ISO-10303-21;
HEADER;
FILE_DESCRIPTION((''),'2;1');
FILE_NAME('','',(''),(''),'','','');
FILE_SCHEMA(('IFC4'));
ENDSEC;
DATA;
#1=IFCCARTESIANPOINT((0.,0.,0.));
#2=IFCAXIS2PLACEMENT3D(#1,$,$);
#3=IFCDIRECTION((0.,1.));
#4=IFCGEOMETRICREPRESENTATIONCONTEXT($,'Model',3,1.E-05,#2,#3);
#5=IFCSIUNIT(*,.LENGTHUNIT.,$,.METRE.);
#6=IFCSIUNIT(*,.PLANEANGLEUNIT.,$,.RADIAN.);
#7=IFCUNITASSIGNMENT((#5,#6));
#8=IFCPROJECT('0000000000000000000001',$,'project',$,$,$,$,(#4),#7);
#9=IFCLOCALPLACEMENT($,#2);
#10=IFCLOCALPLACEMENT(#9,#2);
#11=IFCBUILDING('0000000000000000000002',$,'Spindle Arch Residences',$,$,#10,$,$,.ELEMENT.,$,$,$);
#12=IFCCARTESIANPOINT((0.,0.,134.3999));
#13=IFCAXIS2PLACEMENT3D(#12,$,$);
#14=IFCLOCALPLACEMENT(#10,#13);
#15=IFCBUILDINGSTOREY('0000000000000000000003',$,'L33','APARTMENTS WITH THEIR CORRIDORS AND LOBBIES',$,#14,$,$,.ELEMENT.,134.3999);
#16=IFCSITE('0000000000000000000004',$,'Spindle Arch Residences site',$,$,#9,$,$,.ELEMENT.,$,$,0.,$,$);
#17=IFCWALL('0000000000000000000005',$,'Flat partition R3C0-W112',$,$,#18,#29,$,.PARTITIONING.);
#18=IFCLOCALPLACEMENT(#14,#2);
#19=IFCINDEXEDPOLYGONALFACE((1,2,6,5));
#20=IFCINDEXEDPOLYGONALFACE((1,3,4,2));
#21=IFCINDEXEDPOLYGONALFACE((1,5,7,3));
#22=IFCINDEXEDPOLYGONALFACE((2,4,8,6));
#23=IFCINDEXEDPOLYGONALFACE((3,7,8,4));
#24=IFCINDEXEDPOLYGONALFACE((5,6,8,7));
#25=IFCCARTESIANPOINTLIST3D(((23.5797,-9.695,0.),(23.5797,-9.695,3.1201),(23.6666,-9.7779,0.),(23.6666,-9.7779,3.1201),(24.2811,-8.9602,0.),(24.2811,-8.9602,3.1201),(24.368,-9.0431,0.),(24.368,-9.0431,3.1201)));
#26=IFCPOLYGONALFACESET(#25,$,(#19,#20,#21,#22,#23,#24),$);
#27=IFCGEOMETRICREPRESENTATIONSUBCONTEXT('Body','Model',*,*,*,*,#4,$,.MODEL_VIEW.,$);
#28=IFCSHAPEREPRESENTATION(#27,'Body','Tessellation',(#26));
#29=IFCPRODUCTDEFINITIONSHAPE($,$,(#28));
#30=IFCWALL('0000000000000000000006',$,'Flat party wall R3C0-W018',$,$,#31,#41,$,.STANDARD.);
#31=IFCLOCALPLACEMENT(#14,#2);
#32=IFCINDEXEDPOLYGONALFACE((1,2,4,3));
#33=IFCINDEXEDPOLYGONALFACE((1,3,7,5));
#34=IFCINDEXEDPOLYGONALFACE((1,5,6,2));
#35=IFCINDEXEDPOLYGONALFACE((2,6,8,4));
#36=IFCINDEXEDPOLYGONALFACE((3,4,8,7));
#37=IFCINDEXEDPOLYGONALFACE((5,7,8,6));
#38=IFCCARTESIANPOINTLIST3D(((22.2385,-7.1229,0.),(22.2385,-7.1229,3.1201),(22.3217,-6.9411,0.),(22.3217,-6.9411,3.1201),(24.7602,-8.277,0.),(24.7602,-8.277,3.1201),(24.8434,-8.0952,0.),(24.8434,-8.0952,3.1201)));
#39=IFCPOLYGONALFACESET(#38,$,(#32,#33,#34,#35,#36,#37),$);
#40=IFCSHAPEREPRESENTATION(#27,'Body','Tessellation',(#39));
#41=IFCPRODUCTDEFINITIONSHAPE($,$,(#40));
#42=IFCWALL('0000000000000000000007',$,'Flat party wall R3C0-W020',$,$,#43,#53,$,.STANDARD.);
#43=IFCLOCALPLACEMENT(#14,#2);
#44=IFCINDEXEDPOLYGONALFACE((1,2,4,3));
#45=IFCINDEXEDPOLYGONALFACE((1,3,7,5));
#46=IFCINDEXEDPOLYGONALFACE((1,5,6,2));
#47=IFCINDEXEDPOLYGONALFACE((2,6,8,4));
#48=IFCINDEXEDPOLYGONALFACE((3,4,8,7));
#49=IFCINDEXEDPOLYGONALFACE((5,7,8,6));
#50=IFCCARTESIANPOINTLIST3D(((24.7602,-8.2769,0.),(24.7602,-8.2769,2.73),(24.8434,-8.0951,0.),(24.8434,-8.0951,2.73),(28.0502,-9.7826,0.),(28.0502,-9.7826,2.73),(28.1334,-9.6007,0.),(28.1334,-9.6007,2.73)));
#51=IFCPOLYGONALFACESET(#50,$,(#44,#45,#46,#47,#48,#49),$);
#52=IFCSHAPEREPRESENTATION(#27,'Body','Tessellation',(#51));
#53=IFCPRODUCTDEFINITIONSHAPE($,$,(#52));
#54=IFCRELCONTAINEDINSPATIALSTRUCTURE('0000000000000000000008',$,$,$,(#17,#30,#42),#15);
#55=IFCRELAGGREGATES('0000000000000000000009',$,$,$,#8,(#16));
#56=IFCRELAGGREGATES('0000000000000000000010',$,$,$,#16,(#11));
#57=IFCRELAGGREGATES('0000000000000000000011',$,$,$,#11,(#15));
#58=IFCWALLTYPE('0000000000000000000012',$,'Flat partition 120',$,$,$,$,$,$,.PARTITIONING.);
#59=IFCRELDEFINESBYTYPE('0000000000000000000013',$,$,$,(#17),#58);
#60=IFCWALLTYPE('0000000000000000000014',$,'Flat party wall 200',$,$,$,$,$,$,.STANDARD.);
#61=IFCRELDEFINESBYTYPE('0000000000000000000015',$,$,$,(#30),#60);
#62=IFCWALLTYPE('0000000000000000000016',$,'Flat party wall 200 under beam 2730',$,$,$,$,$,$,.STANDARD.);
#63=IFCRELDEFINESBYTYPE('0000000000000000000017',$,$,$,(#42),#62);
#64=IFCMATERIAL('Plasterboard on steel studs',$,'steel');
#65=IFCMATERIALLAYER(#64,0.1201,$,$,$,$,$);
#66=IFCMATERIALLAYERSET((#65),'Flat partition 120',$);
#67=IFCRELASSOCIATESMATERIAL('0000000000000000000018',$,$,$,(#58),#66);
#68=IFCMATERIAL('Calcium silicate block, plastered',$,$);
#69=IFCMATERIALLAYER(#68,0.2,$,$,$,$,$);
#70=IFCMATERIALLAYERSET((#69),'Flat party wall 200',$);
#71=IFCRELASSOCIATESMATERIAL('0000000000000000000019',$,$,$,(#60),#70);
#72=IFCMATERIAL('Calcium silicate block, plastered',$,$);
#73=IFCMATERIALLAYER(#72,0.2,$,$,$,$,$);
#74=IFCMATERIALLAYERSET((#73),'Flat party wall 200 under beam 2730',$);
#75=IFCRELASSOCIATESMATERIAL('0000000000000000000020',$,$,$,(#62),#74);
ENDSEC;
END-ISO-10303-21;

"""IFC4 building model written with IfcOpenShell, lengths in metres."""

from ifc_helpers import new_model, si_unit, direction, frame, frame_2d, origin, place, context, subcontext, project, spatial, rectangle, extrude, material, layer, layer_set, type_object, element, save


model = new_model("IFC4")

# Units and contexts
model_context = context("Model", 3, precision=1e-05, world=origin(), true_north=direction((0.0, 1.0)))
body_context = subcontext(model_context, "Body", "Model", "MODEL_VIEW")
ifc_project = project(units=[si_unit("LENGTHUNIT", "METRE"), si_unit("PLANEANGLEUNIT", "RADIAN")], contexts=[model_context])

# Site, building, storey
site_placement = place(None, origin())
site = spatial("IfcSite", under=ifc_project, at=site_placement, Name="Spindle Arch Residences site", CompositionType="ELEMENT", RefElevation=0.0)
building_placement = place(site_placement, origin())
building = spatial("IfcBuilding", under=site, at=building_placement, Name="Spindle Arch Residences", CompositionType="ELEMENT")
storey_placement = place(building_placement, frame((0.0, 0.0, 134.3999)))
storey = spatial("IfcBuildingStorey", under=building, at=storey_placement, Name="L33", Description="APARTMENTS WITH THEIR CORRIDORS AND LOBBIES", CompositionType="ELEMENT", Elevation=134.3999)

# Shared definitions
ifc_material_1 = material(Name="Plasterboard on steel studs", Category="steel")
ifc_layer_1 = layer(ifc_material_1, 0.1201)
ifc_layer_set_1 = layer_set([ifc_layer_1], Name="Flat partition 120")
wall_type_1 = type_object("IfcWallType", Name="Flat partition 120", PredefinedType="PARTITIONING", material=ifc_layer_set_1)

# Walls
wall_1_placement = place(storey_placement, frame((24.3245, -9.0017, 0.0), z_axis=(0.0, 0.0, 1.0), x_axis=(-0.690453, -0.723377, 0.0)))
element("IfcWall", 1, at=wall_1_placement, inside=storey, type_object=wall_type_1, Name="Flat partition R3C0-W112", PredefinedType="PARTITIONING", context=body_context, shape_type="SweptSolid", body=[
    extrude(rectangle(XDim=1.0159, YDim=0.1201, at=frame_2d((0.5078, 0.0))), origin(), (0.0, 0.0, 1.0), 3.1201),
])
ifc_material_2 = material(Name="Calcium silicate block, plastered")
ifc_layer_2 = layer(ifc_material_2, 0.2)
ifc_layer_set_2 = layer_set([ifc_layer_2], Name="Flat party wall 200")
wall_type_2 = type_object("IfcWallType", Name="Flat party wall 200", PredefinedType="STANDARD", material=ifc_layer_set_2)
wall_2_placement = place(storey_placement, frame((22.28, -7.032, 0.0), z_axis=(0.0, 0.0, 1.0), x_axis=(0.909302, -0.416136, 0.0)))
element("IfcWall", 2, at=wall_2_placement, inside=storey, type_object=wall_type_2, Name="Flat party wall R3C0-W018", PredefinedType="STANDARD", context=body_context, shape_type="SweptSolid", body=[
    extrude(rectangle(XDim=2.7732, YDim=0.2, at=frame_2d((1.3867, 0.0))), origin(), (0.0, 0.0, 1.0), 3.1201),
])
ifc_material_3 = material(Name="Calcium silicate block, plastered")
ifc_layer_3 = layer(ifc_material_3, 0.2)
ifc_layer_set_3 = layer_set([ifc_layer_3], Name="Flat party wall 200 under beam 2730")
wall_type_3 = type_object("IfcWallType", Name="Flat party wall 200 under beam 2730", PredefinedType="STANDARD", material=ifc_layer_set_3)
wall_3_placement = place(storey_placement, frame((24.8018, -8.186, 0.0), z_axis=(0.0, 0.0, 1.0), x_axis=(0.909307, -0.416125, 0.0)))
element("IfcWall", 3, at=wall_3_placement, inside=storey, type_object=wall_type_3, Name="Flat party wall R3C0-W020", PredefinedType="STANDARD", context=body_context, shape_type="SweptSolid", body=[
    extrude(rectangle(XDim=3.6182, YDim=0.2, at=frame_2d((1.8091, 0.0))), origin(), (0.0, 0.0, 1.0), 2.73),
])

save(model, "model.ifc")
